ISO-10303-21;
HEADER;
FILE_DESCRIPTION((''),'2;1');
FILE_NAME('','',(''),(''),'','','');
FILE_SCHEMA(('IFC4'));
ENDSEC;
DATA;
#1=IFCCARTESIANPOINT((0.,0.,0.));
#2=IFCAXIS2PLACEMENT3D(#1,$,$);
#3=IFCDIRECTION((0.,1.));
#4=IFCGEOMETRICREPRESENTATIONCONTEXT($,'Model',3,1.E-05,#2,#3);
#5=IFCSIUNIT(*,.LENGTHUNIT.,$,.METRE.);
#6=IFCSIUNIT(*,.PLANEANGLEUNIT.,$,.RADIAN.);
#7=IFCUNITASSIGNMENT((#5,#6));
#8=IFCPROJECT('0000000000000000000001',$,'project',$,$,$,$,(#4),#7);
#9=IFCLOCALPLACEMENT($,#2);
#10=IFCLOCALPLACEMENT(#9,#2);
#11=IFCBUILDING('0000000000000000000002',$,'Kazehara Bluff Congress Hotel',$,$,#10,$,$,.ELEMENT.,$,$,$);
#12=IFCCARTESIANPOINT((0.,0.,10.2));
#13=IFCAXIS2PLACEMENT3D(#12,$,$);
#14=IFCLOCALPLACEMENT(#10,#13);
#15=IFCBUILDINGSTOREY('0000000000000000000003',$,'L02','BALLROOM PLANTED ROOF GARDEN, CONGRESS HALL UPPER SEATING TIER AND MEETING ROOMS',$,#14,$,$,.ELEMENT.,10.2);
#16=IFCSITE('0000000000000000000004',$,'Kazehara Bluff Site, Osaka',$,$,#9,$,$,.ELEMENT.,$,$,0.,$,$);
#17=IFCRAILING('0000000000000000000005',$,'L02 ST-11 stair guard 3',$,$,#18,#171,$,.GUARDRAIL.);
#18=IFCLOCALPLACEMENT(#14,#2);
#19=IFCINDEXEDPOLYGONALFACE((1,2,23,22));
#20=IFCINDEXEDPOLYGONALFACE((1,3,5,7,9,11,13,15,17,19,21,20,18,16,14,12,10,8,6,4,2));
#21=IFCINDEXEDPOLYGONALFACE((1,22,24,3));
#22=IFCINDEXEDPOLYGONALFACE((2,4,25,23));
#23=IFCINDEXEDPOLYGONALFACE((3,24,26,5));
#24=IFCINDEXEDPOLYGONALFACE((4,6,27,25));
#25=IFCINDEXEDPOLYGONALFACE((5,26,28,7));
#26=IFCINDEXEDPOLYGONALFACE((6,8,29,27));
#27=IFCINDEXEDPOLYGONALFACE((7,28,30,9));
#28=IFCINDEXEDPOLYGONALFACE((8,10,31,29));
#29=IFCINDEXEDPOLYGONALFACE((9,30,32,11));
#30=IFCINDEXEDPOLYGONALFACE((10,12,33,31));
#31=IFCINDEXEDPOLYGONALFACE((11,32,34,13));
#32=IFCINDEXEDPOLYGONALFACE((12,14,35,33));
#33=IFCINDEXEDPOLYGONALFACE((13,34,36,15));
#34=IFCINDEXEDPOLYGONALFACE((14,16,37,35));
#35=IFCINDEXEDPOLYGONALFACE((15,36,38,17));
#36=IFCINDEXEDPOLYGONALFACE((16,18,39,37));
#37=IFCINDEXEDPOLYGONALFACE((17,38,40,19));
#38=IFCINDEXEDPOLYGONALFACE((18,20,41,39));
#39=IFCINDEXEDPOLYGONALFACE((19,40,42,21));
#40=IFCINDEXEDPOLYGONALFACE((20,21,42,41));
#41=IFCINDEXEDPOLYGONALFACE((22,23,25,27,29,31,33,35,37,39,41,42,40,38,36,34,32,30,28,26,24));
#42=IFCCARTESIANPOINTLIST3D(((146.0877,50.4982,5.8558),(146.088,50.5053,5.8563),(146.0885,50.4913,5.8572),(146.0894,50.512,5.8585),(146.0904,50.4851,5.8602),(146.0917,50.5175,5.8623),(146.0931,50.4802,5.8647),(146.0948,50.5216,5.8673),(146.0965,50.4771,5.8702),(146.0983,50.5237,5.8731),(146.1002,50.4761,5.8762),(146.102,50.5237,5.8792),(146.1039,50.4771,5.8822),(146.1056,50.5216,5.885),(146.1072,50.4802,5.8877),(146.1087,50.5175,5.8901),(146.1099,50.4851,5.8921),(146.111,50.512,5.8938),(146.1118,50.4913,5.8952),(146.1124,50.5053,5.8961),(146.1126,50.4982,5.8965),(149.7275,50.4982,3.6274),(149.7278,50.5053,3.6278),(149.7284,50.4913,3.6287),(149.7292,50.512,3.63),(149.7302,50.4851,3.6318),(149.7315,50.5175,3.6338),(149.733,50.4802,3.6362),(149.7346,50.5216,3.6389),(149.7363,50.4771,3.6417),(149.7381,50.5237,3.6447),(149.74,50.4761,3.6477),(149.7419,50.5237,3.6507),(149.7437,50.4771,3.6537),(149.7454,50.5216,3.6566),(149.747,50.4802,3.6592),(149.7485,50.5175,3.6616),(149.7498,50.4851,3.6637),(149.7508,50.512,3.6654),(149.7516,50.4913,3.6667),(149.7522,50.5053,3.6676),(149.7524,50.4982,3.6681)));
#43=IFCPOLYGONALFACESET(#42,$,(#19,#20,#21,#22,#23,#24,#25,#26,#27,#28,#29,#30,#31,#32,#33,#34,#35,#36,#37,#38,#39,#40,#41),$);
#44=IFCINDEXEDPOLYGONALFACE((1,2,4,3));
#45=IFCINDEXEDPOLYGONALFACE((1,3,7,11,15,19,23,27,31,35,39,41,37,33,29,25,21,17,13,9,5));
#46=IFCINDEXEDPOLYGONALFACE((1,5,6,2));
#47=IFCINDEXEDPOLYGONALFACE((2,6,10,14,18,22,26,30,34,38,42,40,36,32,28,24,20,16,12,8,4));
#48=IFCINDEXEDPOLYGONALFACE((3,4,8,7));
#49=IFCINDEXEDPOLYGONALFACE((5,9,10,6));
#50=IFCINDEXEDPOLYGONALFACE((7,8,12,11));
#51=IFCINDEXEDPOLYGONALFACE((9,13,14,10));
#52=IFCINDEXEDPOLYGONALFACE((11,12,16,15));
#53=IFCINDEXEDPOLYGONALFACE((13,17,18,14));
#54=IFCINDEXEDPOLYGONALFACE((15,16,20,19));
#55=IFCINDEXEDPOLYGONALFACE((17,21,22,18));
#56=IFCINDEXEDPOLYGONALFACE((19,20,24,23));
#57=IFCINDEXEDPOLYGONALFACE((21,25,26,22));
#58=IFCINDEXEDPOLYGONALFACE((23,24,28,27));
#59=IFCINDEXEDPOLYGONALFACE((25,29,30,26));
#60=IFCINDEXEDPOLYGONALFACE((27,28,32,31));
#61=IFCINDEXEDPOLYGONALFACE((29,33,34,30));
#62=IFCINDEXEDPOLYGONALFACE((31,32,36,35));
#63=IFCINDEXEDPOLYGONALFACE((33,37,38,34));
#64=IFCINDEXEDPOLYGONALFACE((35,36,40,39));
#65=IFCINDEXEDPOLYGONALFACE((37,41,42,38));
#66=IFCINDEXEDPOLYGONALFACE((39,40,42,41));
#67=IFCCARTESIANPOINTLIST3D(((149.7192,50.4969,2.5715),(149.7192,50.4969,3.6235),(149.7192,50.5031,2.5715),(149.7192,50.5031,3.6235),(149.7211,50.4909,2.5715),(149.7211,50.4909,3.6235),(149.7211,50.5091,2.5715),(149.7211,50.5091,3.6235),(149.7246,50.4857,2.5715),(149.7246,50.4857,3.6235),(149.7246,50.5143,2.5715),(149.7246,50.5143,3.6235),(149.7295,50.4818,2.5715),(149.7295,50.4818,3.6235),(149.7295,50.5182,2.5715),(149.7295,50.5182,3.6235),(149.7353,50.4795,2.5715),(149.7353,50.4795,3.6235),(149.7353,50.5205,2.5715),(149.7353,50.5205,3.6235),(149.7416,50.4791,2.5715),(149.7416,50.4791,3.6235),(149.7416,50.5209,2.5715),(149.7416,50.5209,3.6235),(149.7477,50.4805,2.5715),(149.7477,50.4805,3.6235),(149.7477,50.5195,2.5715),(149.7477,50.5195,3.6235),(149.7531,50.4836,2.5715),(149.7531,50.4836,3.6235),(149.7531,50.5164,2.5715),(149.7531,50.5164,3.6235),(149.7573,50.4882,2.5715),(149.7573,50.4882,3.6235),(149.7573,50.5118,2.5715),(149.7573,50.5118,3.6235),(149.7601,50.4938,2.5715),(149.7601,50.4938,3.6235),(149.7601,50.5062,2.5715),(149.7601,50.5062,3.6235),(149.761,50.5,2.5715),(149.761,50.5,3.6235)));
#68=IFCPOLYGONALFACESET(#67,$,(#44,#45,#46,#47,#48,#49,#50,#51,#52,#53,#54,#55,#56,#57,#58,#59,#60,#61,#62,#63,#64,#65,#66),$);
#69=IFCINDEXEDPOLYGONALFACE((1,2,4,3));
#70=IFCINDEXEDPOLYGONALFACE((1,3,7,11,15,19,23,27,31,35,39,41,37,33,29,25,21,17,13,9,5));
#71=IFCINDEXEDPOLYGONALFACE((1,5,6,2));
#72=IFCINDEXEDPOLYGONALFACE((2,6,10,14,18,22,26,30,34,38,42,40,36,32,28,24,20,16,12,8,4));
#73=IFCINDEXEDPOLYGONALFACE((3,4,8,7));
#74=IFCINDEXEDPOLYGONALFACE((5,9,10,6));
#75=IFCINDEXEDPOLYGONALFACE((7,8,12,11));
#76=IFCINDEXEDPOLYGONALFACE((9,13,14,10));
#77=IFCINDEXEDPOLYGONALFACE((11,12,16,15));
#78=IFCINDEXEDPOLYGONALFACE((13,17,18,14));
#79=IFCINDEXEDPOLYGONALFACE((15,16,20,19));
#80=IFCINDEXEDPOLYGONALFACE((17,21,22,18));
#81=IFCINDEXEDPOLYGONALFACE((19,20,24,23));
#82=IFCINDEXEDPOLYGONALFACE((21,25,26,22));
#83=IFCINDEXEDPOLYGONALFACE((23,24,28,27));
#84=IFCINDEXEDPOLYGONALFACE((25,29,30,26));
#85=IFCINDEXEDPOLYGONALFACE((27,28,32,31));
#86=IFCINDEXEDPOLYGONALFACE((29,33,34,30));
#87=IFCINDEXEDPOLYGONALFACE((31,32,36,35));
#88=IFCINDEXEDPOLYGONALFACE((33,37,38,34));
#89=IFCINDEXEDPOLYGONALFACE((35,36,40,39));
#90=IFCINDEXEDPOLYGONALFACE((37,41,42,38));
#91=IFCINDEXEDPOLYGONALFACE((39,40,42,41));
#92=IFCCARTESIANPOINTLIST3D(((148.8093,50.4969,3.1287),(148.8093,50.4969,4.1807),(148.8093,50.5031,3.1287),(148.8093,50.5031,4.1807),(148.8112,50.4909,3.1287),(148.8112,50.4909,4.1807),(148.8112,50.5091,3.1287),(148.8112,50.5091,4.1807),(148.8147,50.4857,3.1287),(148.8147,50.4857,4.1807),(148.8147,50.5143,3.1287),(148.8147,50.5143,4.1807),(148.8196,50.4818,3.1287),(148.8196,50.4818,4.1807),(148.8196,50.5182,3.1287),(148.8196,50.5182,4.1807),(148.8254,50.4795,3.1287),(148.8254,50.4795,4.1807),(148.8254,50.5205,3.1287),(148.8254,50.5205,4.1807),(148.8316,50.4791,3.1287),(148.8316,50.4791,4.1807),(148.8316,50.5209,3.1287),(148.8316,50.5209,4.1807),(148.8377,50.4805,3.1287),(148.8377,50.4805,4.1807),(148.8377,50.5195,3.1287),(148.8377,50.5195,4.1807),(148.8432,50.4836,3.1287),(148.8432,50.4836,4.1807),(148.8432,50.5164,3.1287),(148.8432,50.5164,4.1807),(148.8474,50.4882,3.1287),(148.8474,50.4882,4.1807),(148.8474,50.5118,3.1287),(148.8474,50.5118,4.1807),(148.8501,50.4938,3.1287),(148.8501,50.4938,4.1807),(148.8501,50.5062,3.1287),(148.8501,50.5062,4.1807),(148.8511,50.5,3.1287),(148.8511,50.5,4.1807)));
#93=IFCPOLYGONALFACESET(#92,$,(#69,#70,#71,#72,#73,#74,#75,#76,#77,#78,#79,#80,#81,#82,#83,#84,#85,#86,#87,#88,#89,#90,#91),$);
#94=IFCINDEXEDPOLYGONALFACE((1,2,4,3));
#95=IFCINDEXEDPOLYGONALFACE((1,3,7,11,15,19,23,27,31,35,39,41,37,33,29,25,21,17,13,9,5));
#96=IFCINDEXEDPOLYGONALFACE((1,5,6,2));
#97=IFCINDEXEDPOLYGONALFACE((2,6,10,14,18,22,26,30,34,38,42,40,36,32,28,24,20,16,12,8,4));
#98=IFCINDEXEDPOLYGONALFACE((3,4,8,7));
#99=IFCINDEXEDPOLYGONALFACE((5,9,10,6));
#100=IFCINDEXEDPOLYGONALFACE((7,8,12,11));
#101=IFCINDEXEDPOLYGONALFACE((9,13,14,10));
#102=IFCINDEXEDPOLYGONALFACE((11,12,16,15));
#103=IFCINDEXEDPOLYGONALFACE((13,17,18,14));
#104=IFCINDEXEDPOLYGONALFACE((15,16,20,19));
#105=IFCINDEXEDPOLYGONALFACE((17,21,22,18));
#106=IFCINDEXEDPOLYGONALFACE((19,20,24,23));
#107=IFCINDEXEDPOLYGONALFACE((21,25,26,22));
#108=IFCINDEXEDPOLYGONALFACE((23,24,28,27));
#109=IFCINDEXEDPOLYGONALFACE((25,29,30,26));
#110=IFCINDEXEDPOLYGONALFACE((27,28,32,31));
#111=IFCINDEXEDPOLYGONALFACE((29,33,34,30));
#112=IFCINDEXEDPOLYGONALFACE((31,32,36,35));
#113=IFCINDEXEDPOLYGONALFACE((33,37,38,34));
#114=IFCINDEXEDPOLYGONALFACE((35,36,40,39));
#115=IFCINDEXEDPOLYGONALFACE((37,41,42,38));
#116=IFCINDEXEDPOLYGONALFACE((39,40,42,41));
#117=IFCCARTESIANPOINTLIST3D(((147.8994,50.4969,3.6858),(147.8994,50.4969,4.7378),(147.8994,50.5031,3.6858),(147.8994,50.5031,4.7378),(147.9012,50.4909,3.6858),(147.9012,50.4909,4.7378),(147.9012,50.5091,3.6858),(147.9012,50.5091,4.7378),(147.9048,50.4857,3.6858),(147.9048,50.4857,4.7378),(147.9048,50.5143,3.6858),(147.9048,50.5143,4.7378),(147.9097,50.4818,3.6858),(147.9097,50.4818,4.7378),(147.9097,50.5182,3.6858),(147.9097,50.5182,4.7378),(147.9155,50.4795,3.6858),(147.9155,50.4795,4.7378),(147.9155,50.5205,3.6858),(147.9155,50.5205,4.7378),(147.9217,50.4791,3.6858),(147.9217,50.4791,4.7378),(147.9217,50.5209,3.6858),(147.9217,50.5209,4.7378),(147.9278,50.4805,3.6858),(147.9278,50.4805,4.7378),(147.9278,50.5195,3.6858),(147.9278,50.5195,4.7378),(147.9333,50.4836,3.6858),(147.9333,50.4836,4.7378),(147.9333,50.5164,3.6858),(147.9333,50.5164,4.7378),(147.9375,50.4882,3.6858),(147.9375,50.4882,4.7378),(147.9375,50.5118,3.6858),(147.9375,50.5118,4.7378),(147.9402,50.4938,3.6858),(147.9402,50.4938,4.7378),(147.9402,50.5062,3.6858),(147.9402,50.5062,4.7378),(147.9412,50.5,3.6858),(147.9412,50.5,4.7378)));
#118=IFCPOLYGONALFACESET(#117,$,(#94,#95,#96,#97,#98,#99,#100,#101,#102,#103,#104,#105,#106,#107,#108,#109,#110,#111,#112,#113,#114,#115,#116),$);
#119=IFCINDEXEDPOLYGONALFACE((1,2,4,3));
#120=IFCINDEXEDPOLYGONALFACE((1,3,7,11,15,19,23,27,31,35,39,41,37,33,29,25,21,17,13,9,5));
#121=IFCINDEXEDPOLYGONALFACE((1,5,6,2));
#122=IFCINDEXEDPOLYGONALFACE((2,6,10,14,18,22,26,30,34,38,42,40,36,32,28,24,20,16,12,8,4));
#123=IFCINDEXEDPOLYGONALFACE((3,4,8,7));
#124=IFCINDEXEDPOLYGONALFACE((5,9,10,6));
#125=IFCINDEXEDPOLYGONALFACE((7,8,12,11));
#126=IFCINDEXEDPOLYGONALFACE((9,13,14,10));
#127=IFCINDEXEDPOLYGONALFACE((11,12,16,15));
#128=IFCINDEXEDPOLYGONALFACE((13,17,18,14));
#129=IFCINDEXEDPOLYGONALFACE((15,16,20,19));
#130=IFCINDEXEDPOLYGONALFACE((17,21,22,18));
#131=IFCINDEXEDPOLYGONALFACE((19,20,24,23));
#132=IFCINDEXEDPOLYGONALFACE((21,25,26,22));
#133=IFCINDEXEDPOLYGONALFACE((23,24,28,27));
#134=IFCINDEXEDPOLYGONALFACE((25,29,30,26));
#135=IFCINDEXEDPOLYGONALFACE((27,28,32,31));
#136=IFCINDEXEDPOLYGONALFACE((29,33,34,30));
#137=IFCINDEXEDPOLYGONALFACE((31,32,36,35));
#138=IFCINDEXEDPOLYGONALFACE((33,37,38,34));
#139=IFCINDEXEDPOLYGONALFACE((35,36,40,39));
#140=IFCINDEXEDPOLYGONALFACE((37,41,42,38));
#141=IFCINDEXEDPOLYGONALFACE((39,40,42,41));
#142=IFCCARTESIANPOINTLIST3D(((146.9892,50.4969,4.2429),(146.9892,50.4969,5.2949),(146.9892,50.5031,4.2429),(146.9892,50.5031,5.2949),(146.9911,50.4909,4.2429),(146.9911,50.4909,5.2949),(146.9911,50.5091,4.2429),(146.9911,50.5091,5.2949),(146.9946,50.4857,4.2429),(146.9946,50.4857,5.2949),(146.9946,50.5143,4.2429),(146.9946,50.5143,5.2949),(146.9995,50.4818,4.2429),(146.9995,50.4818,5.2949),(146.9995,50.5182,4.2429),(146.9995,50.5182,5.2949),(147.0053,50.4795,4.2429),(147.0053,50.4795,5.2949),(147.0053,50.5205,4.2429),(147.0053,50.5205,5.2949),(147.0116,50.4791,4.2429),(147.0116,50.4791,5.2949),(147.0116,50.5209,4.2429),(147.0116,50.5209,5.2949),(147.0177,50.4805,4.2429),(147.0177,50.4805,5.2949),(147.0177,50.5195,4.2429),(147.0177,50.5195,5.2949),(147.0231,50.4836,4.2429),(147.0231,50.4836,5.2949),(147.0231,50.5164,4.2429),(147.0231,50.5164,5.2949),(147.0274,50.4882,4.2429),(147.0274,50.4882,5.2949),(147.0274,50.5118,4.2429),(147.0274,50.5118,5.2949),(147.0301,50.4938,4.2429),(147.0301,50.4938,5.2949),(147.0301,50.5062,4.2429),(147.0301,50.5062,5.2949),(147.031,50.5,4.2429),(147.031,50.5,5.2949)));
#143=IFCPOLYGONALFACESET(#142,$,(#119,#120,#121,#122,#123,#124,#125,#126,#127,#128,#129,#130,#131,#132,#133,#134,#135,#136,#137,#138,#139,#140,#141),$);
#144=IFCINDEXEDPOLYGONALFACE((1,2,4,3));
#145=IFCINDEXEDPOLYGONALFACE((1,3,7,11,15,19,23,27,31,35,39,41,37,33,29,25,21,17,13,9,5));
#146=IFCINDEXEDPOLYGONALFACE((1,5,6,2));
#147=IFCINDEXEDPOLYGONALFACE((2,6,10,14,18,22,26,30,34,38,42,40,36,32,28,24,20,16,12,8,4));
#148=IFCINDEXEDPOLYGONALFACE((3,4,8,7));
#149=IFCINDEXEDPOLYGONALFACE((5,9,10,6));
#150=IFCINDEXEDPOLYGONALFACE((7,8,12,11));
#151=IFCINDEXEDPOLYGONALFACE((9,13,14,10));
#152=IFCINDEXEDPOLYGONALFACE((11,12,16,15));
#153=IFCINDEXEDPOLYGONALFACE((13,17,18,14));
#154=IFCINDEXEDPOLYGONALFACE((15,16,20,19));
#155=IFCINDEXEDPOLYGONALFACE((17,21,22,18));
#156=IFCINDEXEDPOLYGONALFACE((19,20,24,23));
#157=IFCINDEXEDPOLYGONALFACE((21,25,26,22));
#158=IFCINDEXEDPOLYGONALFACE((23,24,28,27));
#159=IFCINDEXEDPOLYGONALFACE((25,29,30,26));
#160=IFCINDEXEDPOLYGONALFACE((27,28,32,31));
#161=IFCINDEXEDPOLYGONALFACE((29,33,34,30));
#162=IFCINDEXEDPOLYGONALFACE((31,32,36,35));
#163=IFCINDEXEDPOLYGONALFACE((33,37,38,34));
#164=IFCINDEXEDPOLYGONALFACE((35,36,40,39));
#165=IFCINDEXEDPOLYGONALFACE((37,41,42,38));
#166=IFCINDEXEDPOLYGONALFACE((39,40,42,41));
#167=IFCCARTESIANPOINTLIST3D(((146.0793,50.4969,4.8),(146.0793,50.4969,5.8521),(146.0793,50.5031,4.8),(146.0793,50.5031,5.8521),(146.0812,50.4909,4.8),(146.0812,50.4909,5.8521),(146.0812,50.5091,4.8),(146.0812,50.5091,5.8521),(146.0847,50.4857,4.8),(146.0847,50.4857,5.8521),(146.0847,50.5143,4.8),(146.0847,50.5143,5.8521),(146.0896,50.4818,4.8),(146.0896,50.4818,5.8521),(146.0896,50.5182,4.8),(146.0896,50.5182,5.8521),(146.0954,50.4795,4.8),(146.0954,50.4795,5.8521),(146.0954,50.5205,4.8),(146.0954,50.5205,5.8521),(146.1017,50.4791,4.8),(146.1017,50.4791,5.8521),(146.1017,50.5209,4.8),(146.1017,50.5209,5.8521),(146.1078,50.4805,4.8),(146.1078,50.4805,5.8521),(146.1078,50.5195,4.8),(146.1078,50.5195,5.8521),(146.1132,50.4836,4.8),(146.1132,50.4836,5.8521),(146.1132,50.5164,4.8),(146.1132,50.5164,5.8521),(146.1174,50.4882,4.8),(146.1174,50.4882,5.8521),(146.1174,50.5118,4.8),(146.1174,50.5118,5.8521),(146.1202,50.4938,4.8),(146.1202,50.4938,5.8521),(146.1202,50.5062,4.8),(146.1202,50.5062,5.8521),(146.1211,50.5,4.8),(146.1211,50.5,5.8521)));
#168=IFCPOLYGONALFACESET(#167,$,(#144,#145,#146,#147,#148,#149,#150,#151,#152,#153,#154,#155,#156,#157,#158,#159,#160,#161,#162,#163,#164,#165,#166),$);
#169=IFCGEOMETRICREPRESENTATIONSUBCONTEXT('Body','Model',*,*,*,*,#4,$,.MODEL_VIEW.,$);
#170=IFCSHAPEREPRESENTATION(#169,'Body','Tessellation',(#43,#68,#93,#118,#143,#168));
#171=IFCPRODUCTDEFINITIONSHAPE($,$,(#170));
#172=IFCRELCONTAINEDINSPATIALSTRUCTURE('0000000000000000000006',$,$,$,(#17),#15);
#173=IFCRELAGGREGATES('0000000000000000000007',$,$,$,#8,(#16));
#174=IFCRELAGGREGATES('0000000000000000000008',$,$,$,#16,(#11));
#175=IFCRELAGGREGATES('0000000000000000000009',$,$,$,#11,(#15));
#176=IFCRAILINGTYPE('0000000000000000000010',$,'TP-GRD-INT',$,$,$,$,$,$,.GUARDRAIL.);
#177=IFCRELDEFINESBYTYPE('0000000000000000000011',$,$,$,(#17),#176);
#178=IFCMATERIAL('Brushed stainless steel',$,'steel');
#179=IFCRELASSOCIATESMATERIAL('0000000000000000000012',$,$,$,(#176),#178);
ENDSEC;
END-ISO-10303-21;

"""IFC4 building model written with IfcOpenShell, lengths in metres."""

from ifc_helpers import new_model, si_unit, direction, frame, origin, origin_2d, place, context, subcontext, project, spatial, circle, extrude, material, type_object, element, save


model = new_model("IFC4")

# Units and contexts
model_context = context("Model", 3, precision=1e-05, world=origin(), true_north=direction((0.0, 1.0)))
body_context = subcontext(model_context, "Body", "Model", "MODEL_VIEW")
ifc_project = project(units=[si_unit("LENGTHUNIT", "METRE"), si_unit("PLANEANGLEUNIT", "RADIAN")], contexts=[model_context])

# Site, building, storey
site_placement = place(None, origin())
site = spatial("IfcSite", under=ifc_project, at=site_placement, Name="Kazehara Bluff Site, Osaka", CompositionType="ELEMENT", RefElevation=0.0)
building_placement = place(site_placement, origin())
building = spatial("IfcBuilding", under=site, at=building_placement, Name="Kazehara Bluff Congress Hotel", CompositionType="ELEMENT")
storey_placement = place(building_placement, frame((0.0, 0.0, 10.2)))
storey = spatial("IfcBuildingStorey", under=building, at=storey_placement, Name="L02", Description="BALLROOM PLANTED ROOF GARDEN, CONGRESS HALL UPPER SEATING TIER AND MEETING ROOMS", CompositionType="ELEMENT", Elevation=10.2)

# Railing
ifc_material_1 = material(Name="Brushed stainless steel", Category="steel")
railing_type_1 = type_object("IfcRailingType", Name="TP-GRD-INT", PredefinedType="GUARDRAIL", material=ifc_material_1)
railing_1_placement = place(storey_placement, frame((149.74, 50.5, 2.5715)))
element("IfcRailing", 1, at=railing_1_placement, inside=storey, type_object=railing_type_1, Name="L02 ST-11 stair guard 3", PredefinedType="GUARDRAIL", context=body_context, shape_type="SweptSolid", body=[
    extrude(circle(Radius=0.0239, at=origin_2d()), frame((0.0, 0.0, 1.0762), z_axis=(-0.85285, 0.0, 0.522156), x_axis=(0.0, -1.0, 0.0)), (0.0, 0.0, 1.0), 4.2678),
    extrude(circle(Radius=0.021, at=origin_2d()), origin(), (0.0, 0.0, 1.0), 1.052),
    extrude(circle(Radius=0.021, at=origin_2d()), frame((-0.9099, 0.0, 0.5571)), (0.0, 0.0, 1.0), 1.052),
    extrude(circle(Radius=0.021, at=origin_2d()), frame((-1.8198, 0.0, 1.1143)), (0.0, 0.0, 1.0), 1.052),
    extrude(circle(Radius=0.021, at=origin_2d()), frame((-2.73, 0.0, 1.6714)), (0.0, 0.0, 1.0), 1.052),
    extrude(circle(Radius=0.021, at=origin_2d()), frame((-3.6399, 0.0, 2.2285)), (0.0, 0.0, 1.0), 1.052),
])

save(model, "model.ifc")
